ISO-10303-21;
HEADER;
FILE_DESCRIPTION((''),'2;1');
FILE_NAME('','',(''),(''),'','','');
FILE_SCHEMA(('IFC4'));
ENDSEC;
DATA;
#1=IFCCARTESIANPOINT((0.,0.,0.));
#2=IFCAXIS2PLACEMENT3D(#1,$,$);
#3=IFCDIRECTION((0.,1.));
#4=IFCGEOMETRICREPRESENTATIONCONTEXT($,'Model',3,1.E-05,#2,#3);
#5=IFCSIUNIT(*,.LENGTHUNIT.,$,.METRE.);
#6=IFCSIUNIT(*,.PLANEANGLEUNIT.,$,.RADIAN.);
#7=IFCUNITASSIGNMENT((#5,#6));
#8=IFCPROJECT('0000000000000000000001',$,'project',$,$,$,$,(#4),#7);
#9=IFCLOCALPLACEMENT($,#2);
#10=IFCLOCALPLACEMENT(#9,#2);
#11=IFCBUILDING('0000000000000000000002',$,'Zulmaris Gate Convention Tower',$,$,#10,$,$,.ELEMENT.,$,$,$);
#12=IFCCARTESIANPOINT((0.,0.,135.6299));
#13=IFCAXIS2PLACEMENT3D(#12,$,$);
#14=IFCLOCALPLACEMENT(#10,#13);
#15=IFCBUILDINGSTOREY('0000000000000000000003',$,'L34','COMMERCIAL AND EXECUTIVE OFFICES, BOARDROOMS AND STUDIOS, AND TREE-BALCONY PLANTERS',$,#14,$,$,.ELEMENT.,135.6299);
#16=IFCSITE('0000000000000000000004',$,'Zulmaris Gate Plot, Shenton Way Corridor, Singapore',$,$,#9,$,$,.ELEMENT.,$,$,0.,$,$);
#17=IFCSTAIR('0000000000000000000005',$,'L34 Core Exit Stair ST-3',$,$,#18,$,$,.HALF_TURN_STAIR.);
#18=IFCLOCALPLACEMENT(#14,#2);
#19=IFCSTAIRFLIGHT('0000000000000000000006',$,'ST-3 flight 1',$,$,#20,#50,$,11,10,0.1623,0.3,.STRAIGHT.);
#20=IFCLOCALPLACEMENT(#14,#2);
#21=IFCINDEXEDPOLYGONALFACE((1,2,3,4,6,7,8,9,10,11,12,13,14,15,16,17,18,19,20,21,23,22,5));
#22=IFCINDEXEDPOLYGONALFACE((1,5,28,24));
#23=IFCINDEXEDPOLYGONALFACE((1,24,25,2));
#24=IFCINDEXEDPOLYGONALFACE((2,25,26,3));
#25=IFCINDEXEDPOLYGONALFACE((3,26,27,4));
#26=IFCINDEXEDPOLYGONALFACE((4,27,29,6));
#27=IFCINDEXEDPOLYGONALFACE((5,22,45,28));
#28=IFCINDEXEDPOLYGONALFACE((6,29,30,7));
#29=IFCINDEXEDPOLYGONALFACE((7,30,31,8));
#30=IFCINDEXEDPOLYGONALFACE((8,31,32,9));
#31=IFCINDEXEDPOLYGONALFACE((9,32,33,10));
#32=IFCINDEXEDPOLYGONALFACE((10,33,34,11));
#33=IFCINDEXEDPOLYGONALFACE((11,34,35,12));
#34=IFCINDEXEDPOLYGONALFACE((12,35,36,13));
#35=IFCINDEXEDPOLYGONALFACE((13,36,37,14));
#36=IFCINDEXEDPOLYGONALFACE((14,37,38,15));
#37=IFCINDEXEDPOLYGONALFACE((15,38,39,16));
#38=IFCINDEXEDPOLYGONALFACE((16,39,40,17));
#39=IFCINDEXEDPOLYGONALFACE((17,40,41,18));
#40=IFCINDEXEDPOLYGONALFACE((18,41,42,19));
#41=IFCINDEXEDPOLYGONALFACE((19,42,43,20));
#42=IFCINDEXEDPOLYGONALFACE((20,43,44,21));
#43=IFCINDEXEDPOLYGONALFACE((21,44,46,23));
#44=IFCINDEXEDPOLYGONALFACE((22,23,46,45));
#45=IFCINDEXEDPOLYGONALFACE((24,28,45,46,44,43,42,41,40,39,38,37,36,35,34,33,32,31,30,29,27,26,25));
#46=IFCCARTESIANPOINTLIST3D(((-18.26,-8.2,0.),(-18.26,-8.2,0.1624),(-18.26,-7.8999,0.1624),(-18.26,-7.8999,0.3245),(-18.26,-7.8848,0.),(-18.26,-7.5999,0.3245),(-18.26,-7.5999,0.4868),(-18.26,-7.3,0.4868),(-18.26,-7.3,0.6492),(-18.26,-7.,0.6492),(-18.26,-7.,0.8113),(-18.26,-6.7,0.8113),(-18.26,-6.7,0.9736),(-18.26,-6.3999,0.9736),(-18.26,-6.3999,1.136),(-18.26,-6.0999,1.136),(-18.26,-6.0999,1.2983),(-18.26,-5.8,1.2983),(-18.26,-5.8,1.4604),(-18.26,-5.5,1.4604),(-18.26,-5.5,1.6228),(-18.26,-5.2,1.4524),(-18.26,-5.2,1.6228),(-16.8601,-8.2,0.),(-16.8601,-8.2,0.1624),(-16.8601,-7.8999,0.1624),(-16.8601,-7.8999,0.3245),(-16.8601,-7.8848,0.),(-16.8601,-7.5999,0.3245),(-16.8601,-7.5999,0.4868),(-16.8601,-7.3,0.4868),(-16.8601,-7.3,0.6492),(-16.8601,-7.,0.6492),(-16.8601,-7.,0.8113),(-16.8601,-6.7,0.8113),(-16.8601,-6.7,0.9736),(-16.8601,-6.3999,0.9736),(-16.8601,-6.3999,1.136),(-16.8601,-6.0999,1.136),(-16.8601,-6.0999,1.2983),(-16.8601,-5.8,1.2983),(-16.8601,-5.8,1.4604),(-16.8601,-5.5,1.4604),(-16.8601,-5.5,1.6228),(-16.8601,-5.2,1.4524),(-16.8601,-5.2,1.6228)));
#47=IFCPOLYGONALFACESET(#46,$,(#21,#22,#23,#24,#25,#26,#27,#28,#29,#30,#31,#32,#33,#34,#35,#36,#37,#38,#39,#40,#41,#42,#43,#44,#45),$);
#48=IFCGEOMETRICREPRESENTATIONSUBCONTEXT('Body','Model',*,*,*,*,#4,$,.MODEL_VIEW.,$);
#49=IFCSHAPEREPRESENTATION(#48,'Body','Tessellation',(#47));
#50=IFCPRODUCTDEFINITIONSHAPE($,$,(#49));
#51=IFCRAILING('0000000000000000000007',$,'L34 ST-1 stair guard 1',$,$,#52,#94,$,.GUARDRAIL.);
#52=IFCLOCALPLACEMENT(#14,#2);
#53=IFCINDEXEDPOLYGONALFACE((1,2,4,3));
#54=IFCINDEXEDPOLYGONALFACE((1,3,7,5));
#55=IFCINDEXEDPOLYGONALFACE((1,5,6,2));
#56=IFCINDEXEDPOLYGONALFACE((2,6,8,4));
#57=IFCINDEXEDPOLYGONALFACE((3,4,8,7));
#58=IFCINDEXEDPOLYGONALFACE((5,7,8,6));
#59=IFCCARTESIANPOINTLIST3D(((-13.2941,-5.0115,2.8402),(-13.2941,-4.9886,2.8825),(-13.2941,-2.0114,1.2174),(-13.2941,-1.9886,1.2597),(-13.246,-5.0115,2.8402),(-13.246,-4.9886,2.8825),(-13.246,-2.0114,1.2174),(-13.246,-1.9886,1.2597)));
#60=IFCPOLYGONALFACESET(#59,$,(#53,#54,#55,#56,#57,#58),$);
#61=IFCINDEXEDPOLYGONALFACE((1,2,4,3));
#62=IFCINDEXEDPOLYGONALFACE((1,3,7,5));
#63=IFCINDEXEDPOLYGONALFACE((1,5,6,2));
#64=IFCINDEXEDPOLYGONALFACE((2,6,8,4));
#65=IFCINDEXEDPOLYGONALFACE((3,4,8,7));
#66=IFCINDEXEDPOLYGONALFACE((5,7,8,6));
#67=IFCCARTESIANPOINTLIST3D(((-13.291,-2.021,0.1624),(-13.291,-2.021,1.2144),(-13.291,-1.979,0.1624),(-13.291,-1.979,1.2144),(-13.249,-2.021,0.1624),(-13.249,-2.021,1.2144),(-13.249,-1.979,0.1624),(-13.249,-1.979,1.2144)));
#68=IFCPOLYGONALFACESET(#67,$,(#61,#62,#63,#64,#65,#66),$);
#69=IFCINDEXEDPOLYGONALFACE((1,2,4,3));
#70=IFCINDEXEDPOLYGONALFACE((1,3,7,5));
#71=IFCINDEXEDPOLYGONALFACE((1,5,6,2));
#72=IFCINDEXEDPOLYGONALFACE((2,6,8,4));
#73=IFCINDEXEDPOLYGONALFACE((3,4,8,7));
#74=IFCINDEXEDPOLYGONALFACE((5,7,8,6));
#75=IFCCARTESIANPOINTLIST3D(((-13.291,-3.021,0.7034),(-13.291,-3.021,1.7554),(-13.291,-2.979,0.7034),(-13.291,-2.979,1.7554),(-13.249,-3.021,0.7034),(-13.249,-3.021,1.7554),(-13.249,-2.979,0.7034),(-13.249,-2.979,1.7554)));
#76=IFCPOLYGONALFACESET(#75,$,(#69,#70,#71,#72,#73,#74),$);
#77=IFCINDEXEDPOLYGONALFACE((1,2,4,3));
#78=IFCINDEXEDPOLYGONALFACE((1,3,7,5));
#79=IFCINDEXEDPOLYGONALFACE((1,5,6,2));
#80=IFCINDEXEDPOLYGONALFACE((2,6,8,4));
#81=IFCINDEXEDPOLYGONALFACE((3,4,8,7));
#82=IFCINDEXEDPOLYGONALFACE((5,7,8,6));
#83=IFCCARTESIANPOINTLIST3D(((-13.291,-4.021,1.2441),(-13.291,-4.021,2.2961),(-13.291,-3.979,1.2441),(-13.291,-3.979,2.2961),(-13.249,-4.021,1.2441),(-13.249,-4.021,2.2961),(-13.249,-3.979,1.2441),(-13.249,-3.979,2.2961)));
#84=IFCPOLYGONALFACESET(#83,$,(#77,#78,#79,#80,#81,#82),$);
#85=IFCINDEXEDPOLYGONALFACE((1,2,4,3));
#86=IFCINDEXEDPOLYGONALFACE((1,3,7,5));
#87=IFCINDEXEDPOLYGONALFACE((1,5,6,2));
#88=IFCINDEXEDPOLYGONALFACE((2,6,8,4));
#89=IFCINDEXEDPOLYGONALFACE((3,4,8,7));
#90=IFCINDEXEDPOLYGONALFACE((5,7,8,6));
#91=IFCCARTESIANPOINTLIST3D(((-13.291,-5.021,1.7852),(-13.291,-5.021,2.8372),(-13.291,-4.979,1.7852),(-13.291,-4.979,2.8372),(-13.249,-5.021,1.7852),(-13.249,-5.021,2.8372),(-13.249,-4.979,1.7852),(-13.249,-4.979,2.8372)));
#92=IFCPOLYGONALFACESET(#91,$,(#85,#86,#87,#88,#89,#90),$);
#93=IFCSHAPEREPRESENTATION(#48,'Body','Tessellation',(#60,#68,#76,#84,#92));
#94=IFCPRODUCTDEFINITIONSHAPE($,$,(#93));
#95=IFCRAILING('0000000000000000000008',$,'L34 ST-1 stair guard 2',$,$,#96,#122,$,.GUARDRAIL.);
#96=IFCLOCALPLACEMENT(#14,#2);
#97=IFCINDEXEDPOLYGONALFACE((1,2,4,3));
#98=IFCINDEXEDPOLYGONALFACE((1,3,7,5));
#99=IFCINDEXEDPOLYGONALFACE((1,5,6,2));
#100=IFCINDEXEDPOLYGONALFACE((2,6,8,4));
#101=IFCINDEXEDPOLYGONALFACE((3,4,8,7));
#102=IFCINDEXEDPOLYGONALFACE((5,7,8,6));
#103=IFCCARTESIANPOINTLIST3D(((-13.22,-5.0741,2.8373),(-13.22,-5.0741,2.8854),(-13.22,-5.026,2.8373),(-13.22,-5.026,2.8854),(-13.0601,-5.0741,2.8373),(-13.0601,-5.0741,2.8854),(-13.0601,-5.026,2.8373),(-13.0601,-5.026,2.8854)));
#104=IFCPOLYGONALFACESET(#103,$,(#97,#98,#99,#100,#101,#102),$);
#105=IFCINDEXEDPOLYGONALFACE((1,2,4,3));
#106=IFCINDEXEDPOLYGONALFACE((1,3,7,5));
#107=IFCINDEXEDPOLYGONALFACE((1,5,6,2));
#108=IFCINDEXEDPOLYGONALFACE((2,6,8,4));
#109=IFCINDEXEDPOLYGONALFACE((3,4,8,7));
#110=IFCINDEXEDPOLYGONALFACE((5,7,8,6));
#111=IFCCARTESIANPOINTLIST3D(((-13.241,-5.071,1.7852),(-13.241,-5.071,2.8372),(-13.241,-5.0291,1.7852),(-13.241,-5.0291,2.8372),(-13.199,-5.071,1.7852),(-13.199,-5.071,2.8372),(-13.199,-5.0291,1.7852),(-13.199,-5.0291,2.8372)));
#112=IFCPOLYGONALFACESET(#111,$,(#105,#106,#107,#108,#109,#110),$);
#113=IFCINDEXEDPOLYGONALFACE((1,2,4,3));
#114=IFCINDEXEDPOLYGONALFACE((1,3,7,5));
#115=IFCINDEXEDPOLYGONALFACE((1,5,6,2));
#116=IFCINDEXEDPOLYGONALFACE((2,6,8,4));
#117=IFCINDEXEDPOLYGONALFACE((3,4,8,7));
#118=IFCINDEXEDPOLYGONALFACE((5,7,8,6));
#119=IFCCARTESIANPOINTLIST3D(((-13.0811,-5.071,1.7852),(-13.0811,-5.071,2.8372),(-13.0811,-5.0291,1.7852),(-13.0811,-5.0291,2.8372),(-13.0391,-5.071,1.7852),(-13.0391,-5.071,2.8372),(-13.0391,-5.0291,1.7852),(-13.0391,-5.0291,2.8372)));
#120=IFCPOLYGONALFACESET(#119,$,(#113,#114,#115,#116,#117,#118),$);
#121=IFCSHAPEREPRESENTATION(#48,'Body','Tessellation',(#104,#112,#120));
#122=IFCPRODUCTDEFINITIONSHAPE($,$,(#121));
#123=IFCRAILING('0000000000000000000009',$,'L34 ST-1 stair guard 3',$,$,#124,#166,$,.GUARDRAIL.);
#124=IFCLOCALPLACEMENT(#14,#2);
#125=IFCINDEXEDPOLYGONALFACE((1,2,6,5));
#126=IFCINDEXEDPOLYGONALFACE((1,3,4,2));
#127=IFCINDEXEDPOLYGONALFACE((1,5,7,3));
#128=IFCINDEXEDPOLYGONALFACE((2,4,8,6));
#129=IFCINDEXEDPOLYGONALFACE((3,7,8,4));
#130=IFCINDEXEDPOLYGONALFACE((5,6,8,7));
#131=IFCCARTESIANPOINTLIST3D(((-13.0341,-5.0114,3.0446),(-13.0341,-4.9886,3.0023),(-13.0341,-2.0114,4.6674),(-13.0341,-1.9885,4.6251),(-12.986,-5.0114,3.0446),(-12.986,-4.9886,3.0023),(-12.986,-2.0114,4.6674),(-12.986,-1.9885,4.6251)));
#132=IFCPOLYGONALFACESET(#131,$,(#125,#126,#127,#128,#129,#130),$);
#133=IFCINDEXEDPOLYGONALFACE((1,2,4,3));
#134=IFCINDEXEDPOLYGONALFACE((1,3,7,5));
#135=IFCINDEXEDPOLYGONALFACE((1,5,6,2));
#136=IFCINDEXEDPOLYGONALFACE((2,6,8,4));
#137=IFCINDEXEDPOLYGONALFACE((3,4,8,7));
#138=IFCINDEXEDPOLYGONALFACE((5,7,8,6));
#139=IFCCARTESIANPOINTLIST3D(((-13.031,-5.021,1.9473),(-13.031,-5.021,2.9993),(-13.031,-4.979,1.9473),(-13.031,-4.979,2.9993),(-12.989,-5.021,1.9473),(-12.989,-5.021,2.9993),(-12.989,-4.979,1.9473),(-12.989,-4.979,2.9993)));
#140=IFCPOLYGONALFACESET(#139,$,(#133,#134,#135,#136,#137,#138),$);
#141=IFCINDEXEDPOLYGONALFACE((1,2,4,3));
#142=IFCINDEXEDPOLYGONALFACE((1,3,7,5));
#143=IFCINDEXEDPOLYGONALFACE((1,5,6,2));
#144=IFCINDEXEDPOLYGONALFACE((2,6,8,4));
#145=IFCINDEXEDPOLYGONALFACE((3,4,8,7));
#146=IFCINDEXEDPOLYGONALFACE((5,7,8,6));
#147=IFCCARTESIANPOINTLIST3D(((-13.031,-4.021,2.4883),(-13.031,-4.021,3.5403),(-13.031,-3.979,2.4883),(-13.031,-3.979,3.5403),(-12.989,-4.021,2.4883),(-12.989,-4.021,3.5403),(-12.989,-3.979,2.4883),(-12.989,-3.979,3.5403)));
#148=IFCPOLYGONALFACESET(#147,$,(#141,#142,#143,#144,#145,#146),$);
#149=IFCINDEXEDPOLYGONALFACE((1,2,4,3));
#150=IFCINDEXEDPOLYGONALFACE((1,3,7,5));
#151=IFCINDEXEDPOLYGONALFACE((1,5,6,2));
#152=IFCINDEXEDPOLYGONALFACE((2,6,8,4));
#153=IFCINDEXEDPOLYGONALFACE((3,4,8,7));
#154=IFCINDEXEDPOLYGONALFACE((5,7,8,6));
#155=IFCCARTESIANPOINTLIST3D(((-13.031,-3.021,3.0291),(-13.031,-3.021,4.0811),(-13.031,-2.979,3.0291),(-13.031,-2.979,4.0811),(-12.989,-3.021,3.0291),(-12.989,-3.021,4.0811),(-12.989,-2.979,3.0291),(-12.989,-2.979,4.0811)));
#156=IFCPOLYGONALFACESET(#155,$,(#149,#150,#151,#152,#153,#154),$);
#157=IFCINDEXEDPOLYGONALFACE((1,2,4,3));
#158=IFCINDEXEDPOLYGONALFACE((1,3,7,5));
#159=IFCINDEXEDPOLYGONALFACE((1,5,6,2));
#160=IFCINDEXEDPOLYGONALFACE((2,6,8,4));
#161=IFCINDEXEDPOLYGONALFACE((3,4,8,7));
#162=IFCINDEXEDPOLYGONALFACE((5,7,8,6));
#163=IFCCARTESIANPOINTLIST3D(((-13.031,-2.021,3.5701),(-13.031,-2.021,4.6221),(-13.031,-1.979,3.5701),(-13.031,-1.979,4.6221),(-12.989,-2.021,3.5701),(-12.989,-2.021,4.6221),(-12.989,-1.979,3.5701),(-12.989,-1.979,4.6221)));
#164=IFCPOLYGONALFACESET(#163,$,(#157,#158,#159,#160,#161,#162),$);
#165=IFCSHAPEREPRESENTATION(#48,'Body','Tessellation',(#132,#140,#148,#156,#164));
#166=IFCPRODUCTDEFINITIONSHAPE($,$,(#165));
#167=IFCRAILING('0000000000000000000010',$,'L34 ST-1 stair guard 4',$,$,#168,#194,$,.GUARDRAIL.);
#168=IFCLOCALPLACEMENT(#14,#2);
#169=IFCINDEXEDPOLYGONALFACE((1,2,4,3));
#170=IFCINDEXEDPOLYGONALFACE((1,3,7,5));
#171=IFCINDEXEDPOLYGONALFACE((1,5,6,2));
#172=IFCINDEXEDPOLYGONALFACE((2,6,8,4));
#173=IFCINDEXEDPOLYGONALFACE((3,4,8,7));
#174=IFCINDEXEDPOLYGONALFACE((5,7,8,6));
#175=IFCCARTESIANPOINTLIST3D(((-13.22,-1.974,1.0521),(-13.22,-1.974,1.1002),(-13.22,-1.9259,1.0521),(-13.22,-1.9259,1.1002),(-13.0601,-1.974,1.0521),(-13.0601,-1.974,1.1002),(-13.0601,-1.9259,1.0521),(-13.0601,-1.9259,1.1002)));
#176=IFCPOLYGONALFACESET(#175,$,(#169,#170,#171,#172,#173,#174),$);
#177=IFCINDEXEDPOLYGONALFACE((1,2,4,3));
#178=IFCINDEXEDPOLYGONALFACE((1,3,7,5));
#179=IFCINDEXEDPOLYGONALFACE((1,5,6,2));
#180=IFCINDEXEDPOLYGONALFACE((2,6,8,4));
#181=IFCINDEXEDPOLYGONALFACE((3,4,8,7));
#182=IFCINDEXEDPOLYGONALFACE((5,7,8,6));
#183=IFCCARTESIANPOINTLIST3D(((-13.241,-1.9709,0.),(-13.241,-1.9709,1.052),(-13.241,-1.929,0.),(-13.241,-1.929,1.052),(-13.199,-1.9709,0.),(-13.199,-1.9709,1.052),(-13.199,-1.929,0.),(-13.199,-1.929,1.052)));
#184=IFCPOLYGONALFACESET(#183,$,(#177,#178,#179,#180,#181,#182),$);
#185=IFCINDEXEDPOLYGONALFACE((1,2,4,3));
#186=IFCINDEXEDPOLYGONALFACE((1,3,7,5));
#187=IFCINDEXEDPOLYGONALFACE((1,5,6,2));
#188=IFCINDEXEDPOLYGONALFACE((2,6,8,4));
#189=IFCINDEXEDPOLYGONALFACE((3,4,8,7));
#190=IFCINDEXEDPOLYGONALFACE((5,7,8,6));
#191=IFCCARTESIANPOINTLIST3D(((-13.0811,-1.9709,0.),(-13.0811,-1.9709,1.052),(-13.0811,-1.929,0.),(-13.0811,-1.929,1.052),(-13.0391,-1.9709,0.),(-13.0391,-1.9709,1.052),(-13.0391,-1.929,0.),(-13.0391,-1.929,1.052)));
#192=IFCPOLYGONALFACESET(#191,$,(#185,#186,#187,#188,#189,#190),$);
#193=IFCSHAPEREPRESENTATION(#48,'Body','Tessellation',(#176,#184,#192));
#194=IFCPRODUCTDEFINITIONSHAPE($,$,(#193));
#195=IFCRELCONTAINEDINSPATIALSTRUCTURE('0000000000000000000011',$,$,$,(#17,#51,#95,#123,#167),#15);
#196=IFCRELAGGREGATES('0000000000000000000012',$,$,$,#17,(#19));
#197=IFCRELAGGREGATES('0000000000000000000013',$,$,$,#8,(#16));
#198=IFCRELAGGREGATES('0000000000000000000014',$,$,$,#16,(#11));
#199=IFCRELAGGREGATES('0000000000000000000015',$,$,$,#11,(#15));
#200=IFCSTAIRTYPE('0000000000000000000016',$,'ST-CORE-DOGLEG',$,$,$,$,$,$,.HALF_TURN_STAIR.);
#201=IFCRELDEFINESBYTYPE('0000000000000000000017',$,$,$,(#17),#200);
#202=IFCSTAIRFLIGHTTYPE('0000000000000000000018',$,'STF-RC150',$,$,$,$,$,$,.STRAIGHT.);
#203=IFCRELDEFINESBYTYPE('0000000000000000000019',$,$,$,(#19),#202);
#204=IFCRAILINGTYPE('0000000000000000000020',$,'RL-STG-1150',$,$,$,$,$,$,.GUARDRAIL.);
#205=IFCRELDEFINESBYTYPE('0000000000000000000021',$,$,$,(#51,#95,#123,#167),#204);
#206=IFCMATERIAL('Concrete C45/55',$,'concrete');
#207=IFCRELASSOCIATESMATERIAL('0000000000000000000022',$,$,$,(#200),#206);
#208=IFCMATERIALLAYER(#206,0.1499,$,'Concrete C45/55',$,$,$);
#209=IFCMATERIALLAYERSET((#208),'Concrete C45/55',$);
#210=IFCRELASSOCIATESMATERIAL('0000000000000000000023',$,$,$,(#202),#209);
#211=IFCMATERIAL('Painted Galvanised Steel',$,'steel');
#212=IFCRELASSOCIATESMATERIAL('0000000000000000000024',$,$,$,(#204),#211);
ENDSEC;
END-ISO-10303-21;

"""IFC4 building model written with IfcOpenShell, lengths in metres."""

from ifc_helpers import new_model, si_unit, direction, frame, origin, origin_2d, place, context, subcontext, project, spatial, polyline, rectangle, outline, extrude, material, layer, layer_set, type_object, element, aggregate, save


model = new_model("IFC4")

# Units and contexts
model_context = context("Model", 3, precision=1e-05, world=origin(), true_north=direction((0.0, 1.0)))
body_context = subcontext(model_context, "Body", "Model", "MODEL_VIEW")
ifc_project = project(units=[si_unit("LENGTHUNIT", "METRE"), si_unit("PLANEANGLEUNIT", "RADIAN")], contexts=[model_context])

# Site, building, storey
site_placement = place(None, origin())
site = spatial("IfcSite", under=ifc_project, at=site_placement, Name="Zulmaris Gate Plot, Shenton Way Corridor, Singapore", CompositionType="ELEMENT", RefElevation=0.0)
building_placement = place(site_placement, origin())
building = spatial("IfcBuilding", under=site, at=building_placement, Name="Zulmaris Gate Convention Tower", CompositionType="ELEMENT")
storey_placement = place(building_placement, frame((0.0, 0.0, 135.6299)))
storey = spatial("IfcBuildingStorey", under=building, at=storey_placement, Name="L34", Description="COMMERCIAL AND EXECUTIVE OFFICES, BOARDROOMS AND STUDIOS, AND TREE-BALCONY PLANTERS", CompositionType="ELEMENT", Elevation=135.6299)

# Shared definitions
ifc_material_1 = material(Name="Concrete C45/55", Category="concrete")
stair_type = type_object("IfcStairType", Name="ST-CORE-DOGLEG", PredefinedType="HALF_TURN_STAIR", material=ifc_material_1)
ifc_layer_1 = layer(ifc_material_1, 0.1499, Name="Concrete C45/55")
ifc_layer_set_1 = layer_set([ifc_layer_1], Name="Concrete C45/55")
stair_flight_type = type_object("IfcStairFlightType", Name="STF-RC150", PredefinedType="STRAIGHT", material=ifc_layer_set_1)

# Stair, stair flight
stair_1_placement = place(storey_placement, origin())
stair_1 = element("IfcStair", 1, at=stair_1_placement, inside=storey, type_object=stair_type, Name="L34 Core Exit Stair ST-3", PredefinedType="HALF_TURN_STAIR")
stair_flight_1_placement = place(storey_placement, frame((-17.5601, -8.2, 0.0), z_axis=(0.0, 0.0, 1.0), x_axis=(0.0, 1.0, 0.0)))
stair_flight_1 = element("IfcStairFlight", 2, at=stair_flight_1_placement, type_object=stair_flight_type, Name="ST-3 flight 1", NumberOfRisers=11, NumberOfTreads=10, PredefinedType="STRAIGHT", RiserHeight=0.1623, TreadLength=0.3, context=body_context, shape_type="SweptSolid", body=[
    extrude(outline(polyline([(0.0, 0.0), (0.0, 0.1624), (0.3, 0.1624), (0.3, 0.3245), (0.6001, 0.3245), (0.6001, 0.4868), (0.8999, 0.4868), (0.8999, 0.6492), (1.2, 0.6492), (1.2, 0.8113), (1.5, 0.8113), (1.5, 0.9736), (1.8, 0.9736), (1.8, 1.136), (2.1001, 1.136), (2.1001, 1.2983), (2.3999, 1.2983), (2.3999, 1.4604), (2.7, 1.4604), (2.7, 1.6228), (3.0, 1.6228), (3.0, 1.7852), (3.0, 1.4524), (0.3152, 0.0), (0.0, 0.0)])), frame((0.0, 0.7, 0.0), z_axis=(0.0, -1.0, 0.0), x_axis=(1.0, 0.0, 0.0)), (0.0, 0.0, 1.0), 1.3999),
])
aggregate(stair_1, [stair_flight_1])

# Railings
ifc_material_2 = material(Name="Painted Galvanised Steel", Category="steel")
railing_type_1 = type_object("IfcRailingType", Name="RL-STG-1150", PredefinedType="GUARDRAIL", material=ifc_material_2)
railing_1_placement = place(storey_placement, frame((-13.27, -2.0, 0.1624)))
element("IfcRailing", 3, at=railing_1_placement, inside=storey, type_object=railing_type_1, Name="L34 ST-1 stair guard 1", PredefinedType="GUARDRAIL", context=body_context, shape_type="SweptSolid", body=[
    extrude(rectangle(XDim=0.0481, YDim=0.0481, at=origin_2d()), frame((0.0, 0.0, 1.0762), z_axis=(0.0, -0.879562, 0.475785), x_axis=(1.0, 0.0, 0.0)), (0.0, 0.0, 1.0), 3.4109),
    extrude(rectangle(XDim=0.042, YDim=0.042, at=origin_2d()), origin(), (0.0, 0.0, 1.0), 1.052),
    extrude(rectangle(XDim=0.042, YDim=0.042, at=origin_2d()), frame((0.0, -1.0, 0.541)), (0.0, 0.0, 1.0), 1.052),
    extrude(rectangle(XDim=0.042, YDim=0.042, at=origin_2d()), frame((0.0, -2.0, 1.0818)), (0.0, 0.0, 1.0), 1.052),
    extrude(rectangle(XDim=0.042, YDim=0.042, at=origin_2d()), frame((0.0, -3.0, 1.6228)), (0.0, 0.0, 1.0), 1.052),
])
railing_2_placement = place(storey_placement, frame((-13.22, -5.05, 1.7852)))
element("IfcRailing", 4, at=railing_2_placement, inside=storey, type_object=railing_type_1, Name="L34 ST-1 stair guard 2", PredefinedType="GUARDRAIL", context=body_context, shape_type="SweptSolid", body=[
    extrude(rectangle(XDim=0.0481, YDim=0.0481, at=origin_2d()), frame((0.0, 0.0, 1.0762), z_axis=(1.0, 0.0, 0.0), x_axis=(0.0, 1.0, 0.0)), (0.0, 0.0, 1.0), 0.1599),
    extrude(rectangle(XDim=0.042, YDim=0.042, at=origin_2d()), origin(), (0.0, 0.0, 1.0), 1.052),
    extrude(rectangle(XDim=0.042, YDim=0.042, at=origin_2d()), frame((0.1599, 0.0, 0.0)), (0.0, 0.0, 1.0), 1.052),
])
railing_3_placement = place(storey_placement, frame((-13.01, -5.0, 1.9473)))
element("IfcRailing", 5, at=railing_3_placement, inside=storey, type_object=railing_type_1, Name="L34 ST-1 stair guard 3", PredefinedType="GUARDRAIL", context=body_context, shape_type="SweptSolid", body=[
    extrude(rectangle(XDim=0.0481, YDim=0.0481, at=origin_2d()), frame((0.0, 0.0, 1.0762), z_axis=(0.0, 0.879562, 0.475785), x_axis=(-1.0, 0.0, 0.0)), (0.0, 0.0, 1.0), 3.4109),
    extrude(rectangle(XDim=0.042, YDim=0.042, at=origin_2d()), origin(), (0.0, 0.0, 1.0), 1.052),
    extrude(rectangle(XDim=0.042, YDim=0.042, at=origin_2d()), frame((0.0, 1.0, 0.541)), (0.0, 0.0, 1.0), 1.052),
    extrude(rectangle(XDim=0.042, YDim=0.042, at=origin_2d()), frame((0.0, 2.0, 1.0818)), (0.0, 0.0, 1.0), 1.052),
    extrude(rectangle(XDim=0.042, YDim=0.042, at=origin_2d()), frame((0.0, 3.0, 1.6228)), (0.0, 0.0, 1.0), 1.052),
])
railing_4_placement = place(storey_placement, frame((-13.22, -1.95, 0.0)))
element("IfcRailing", 6, at=railing_4_placement, inside=storey, type_object=railing_type_1, Name="L34 ST-1 stair guard 4", PredefinedType="GUARDRAIL", context=body_context, shape_type="SweptSolid", body=[
    extrude(rectangle(XDim=0.0481, YDim=0.0481, at=origin_2d()), frame((0.0, 0.0, 1.0762), z_axis=(1.0, 0.0, 0.0), x_axis=(0.0, 1.0, 0.0)), (0.0, 0.0, 1.0), 0.1599),
    extrude(rectangle(XDim=0.042, YDim=0.042, at=origin_2d()), origin(), (0.0, 0.0, 1.0), 1.052),
    extrude(rectangle(XDim=0.042, YDim=0.042, at=origin_2d()), frame((0.1599, 0.0, 0.0)), (0.0, 0.0, 1.0), 1.052),
])

save(model, "model.ifc")
